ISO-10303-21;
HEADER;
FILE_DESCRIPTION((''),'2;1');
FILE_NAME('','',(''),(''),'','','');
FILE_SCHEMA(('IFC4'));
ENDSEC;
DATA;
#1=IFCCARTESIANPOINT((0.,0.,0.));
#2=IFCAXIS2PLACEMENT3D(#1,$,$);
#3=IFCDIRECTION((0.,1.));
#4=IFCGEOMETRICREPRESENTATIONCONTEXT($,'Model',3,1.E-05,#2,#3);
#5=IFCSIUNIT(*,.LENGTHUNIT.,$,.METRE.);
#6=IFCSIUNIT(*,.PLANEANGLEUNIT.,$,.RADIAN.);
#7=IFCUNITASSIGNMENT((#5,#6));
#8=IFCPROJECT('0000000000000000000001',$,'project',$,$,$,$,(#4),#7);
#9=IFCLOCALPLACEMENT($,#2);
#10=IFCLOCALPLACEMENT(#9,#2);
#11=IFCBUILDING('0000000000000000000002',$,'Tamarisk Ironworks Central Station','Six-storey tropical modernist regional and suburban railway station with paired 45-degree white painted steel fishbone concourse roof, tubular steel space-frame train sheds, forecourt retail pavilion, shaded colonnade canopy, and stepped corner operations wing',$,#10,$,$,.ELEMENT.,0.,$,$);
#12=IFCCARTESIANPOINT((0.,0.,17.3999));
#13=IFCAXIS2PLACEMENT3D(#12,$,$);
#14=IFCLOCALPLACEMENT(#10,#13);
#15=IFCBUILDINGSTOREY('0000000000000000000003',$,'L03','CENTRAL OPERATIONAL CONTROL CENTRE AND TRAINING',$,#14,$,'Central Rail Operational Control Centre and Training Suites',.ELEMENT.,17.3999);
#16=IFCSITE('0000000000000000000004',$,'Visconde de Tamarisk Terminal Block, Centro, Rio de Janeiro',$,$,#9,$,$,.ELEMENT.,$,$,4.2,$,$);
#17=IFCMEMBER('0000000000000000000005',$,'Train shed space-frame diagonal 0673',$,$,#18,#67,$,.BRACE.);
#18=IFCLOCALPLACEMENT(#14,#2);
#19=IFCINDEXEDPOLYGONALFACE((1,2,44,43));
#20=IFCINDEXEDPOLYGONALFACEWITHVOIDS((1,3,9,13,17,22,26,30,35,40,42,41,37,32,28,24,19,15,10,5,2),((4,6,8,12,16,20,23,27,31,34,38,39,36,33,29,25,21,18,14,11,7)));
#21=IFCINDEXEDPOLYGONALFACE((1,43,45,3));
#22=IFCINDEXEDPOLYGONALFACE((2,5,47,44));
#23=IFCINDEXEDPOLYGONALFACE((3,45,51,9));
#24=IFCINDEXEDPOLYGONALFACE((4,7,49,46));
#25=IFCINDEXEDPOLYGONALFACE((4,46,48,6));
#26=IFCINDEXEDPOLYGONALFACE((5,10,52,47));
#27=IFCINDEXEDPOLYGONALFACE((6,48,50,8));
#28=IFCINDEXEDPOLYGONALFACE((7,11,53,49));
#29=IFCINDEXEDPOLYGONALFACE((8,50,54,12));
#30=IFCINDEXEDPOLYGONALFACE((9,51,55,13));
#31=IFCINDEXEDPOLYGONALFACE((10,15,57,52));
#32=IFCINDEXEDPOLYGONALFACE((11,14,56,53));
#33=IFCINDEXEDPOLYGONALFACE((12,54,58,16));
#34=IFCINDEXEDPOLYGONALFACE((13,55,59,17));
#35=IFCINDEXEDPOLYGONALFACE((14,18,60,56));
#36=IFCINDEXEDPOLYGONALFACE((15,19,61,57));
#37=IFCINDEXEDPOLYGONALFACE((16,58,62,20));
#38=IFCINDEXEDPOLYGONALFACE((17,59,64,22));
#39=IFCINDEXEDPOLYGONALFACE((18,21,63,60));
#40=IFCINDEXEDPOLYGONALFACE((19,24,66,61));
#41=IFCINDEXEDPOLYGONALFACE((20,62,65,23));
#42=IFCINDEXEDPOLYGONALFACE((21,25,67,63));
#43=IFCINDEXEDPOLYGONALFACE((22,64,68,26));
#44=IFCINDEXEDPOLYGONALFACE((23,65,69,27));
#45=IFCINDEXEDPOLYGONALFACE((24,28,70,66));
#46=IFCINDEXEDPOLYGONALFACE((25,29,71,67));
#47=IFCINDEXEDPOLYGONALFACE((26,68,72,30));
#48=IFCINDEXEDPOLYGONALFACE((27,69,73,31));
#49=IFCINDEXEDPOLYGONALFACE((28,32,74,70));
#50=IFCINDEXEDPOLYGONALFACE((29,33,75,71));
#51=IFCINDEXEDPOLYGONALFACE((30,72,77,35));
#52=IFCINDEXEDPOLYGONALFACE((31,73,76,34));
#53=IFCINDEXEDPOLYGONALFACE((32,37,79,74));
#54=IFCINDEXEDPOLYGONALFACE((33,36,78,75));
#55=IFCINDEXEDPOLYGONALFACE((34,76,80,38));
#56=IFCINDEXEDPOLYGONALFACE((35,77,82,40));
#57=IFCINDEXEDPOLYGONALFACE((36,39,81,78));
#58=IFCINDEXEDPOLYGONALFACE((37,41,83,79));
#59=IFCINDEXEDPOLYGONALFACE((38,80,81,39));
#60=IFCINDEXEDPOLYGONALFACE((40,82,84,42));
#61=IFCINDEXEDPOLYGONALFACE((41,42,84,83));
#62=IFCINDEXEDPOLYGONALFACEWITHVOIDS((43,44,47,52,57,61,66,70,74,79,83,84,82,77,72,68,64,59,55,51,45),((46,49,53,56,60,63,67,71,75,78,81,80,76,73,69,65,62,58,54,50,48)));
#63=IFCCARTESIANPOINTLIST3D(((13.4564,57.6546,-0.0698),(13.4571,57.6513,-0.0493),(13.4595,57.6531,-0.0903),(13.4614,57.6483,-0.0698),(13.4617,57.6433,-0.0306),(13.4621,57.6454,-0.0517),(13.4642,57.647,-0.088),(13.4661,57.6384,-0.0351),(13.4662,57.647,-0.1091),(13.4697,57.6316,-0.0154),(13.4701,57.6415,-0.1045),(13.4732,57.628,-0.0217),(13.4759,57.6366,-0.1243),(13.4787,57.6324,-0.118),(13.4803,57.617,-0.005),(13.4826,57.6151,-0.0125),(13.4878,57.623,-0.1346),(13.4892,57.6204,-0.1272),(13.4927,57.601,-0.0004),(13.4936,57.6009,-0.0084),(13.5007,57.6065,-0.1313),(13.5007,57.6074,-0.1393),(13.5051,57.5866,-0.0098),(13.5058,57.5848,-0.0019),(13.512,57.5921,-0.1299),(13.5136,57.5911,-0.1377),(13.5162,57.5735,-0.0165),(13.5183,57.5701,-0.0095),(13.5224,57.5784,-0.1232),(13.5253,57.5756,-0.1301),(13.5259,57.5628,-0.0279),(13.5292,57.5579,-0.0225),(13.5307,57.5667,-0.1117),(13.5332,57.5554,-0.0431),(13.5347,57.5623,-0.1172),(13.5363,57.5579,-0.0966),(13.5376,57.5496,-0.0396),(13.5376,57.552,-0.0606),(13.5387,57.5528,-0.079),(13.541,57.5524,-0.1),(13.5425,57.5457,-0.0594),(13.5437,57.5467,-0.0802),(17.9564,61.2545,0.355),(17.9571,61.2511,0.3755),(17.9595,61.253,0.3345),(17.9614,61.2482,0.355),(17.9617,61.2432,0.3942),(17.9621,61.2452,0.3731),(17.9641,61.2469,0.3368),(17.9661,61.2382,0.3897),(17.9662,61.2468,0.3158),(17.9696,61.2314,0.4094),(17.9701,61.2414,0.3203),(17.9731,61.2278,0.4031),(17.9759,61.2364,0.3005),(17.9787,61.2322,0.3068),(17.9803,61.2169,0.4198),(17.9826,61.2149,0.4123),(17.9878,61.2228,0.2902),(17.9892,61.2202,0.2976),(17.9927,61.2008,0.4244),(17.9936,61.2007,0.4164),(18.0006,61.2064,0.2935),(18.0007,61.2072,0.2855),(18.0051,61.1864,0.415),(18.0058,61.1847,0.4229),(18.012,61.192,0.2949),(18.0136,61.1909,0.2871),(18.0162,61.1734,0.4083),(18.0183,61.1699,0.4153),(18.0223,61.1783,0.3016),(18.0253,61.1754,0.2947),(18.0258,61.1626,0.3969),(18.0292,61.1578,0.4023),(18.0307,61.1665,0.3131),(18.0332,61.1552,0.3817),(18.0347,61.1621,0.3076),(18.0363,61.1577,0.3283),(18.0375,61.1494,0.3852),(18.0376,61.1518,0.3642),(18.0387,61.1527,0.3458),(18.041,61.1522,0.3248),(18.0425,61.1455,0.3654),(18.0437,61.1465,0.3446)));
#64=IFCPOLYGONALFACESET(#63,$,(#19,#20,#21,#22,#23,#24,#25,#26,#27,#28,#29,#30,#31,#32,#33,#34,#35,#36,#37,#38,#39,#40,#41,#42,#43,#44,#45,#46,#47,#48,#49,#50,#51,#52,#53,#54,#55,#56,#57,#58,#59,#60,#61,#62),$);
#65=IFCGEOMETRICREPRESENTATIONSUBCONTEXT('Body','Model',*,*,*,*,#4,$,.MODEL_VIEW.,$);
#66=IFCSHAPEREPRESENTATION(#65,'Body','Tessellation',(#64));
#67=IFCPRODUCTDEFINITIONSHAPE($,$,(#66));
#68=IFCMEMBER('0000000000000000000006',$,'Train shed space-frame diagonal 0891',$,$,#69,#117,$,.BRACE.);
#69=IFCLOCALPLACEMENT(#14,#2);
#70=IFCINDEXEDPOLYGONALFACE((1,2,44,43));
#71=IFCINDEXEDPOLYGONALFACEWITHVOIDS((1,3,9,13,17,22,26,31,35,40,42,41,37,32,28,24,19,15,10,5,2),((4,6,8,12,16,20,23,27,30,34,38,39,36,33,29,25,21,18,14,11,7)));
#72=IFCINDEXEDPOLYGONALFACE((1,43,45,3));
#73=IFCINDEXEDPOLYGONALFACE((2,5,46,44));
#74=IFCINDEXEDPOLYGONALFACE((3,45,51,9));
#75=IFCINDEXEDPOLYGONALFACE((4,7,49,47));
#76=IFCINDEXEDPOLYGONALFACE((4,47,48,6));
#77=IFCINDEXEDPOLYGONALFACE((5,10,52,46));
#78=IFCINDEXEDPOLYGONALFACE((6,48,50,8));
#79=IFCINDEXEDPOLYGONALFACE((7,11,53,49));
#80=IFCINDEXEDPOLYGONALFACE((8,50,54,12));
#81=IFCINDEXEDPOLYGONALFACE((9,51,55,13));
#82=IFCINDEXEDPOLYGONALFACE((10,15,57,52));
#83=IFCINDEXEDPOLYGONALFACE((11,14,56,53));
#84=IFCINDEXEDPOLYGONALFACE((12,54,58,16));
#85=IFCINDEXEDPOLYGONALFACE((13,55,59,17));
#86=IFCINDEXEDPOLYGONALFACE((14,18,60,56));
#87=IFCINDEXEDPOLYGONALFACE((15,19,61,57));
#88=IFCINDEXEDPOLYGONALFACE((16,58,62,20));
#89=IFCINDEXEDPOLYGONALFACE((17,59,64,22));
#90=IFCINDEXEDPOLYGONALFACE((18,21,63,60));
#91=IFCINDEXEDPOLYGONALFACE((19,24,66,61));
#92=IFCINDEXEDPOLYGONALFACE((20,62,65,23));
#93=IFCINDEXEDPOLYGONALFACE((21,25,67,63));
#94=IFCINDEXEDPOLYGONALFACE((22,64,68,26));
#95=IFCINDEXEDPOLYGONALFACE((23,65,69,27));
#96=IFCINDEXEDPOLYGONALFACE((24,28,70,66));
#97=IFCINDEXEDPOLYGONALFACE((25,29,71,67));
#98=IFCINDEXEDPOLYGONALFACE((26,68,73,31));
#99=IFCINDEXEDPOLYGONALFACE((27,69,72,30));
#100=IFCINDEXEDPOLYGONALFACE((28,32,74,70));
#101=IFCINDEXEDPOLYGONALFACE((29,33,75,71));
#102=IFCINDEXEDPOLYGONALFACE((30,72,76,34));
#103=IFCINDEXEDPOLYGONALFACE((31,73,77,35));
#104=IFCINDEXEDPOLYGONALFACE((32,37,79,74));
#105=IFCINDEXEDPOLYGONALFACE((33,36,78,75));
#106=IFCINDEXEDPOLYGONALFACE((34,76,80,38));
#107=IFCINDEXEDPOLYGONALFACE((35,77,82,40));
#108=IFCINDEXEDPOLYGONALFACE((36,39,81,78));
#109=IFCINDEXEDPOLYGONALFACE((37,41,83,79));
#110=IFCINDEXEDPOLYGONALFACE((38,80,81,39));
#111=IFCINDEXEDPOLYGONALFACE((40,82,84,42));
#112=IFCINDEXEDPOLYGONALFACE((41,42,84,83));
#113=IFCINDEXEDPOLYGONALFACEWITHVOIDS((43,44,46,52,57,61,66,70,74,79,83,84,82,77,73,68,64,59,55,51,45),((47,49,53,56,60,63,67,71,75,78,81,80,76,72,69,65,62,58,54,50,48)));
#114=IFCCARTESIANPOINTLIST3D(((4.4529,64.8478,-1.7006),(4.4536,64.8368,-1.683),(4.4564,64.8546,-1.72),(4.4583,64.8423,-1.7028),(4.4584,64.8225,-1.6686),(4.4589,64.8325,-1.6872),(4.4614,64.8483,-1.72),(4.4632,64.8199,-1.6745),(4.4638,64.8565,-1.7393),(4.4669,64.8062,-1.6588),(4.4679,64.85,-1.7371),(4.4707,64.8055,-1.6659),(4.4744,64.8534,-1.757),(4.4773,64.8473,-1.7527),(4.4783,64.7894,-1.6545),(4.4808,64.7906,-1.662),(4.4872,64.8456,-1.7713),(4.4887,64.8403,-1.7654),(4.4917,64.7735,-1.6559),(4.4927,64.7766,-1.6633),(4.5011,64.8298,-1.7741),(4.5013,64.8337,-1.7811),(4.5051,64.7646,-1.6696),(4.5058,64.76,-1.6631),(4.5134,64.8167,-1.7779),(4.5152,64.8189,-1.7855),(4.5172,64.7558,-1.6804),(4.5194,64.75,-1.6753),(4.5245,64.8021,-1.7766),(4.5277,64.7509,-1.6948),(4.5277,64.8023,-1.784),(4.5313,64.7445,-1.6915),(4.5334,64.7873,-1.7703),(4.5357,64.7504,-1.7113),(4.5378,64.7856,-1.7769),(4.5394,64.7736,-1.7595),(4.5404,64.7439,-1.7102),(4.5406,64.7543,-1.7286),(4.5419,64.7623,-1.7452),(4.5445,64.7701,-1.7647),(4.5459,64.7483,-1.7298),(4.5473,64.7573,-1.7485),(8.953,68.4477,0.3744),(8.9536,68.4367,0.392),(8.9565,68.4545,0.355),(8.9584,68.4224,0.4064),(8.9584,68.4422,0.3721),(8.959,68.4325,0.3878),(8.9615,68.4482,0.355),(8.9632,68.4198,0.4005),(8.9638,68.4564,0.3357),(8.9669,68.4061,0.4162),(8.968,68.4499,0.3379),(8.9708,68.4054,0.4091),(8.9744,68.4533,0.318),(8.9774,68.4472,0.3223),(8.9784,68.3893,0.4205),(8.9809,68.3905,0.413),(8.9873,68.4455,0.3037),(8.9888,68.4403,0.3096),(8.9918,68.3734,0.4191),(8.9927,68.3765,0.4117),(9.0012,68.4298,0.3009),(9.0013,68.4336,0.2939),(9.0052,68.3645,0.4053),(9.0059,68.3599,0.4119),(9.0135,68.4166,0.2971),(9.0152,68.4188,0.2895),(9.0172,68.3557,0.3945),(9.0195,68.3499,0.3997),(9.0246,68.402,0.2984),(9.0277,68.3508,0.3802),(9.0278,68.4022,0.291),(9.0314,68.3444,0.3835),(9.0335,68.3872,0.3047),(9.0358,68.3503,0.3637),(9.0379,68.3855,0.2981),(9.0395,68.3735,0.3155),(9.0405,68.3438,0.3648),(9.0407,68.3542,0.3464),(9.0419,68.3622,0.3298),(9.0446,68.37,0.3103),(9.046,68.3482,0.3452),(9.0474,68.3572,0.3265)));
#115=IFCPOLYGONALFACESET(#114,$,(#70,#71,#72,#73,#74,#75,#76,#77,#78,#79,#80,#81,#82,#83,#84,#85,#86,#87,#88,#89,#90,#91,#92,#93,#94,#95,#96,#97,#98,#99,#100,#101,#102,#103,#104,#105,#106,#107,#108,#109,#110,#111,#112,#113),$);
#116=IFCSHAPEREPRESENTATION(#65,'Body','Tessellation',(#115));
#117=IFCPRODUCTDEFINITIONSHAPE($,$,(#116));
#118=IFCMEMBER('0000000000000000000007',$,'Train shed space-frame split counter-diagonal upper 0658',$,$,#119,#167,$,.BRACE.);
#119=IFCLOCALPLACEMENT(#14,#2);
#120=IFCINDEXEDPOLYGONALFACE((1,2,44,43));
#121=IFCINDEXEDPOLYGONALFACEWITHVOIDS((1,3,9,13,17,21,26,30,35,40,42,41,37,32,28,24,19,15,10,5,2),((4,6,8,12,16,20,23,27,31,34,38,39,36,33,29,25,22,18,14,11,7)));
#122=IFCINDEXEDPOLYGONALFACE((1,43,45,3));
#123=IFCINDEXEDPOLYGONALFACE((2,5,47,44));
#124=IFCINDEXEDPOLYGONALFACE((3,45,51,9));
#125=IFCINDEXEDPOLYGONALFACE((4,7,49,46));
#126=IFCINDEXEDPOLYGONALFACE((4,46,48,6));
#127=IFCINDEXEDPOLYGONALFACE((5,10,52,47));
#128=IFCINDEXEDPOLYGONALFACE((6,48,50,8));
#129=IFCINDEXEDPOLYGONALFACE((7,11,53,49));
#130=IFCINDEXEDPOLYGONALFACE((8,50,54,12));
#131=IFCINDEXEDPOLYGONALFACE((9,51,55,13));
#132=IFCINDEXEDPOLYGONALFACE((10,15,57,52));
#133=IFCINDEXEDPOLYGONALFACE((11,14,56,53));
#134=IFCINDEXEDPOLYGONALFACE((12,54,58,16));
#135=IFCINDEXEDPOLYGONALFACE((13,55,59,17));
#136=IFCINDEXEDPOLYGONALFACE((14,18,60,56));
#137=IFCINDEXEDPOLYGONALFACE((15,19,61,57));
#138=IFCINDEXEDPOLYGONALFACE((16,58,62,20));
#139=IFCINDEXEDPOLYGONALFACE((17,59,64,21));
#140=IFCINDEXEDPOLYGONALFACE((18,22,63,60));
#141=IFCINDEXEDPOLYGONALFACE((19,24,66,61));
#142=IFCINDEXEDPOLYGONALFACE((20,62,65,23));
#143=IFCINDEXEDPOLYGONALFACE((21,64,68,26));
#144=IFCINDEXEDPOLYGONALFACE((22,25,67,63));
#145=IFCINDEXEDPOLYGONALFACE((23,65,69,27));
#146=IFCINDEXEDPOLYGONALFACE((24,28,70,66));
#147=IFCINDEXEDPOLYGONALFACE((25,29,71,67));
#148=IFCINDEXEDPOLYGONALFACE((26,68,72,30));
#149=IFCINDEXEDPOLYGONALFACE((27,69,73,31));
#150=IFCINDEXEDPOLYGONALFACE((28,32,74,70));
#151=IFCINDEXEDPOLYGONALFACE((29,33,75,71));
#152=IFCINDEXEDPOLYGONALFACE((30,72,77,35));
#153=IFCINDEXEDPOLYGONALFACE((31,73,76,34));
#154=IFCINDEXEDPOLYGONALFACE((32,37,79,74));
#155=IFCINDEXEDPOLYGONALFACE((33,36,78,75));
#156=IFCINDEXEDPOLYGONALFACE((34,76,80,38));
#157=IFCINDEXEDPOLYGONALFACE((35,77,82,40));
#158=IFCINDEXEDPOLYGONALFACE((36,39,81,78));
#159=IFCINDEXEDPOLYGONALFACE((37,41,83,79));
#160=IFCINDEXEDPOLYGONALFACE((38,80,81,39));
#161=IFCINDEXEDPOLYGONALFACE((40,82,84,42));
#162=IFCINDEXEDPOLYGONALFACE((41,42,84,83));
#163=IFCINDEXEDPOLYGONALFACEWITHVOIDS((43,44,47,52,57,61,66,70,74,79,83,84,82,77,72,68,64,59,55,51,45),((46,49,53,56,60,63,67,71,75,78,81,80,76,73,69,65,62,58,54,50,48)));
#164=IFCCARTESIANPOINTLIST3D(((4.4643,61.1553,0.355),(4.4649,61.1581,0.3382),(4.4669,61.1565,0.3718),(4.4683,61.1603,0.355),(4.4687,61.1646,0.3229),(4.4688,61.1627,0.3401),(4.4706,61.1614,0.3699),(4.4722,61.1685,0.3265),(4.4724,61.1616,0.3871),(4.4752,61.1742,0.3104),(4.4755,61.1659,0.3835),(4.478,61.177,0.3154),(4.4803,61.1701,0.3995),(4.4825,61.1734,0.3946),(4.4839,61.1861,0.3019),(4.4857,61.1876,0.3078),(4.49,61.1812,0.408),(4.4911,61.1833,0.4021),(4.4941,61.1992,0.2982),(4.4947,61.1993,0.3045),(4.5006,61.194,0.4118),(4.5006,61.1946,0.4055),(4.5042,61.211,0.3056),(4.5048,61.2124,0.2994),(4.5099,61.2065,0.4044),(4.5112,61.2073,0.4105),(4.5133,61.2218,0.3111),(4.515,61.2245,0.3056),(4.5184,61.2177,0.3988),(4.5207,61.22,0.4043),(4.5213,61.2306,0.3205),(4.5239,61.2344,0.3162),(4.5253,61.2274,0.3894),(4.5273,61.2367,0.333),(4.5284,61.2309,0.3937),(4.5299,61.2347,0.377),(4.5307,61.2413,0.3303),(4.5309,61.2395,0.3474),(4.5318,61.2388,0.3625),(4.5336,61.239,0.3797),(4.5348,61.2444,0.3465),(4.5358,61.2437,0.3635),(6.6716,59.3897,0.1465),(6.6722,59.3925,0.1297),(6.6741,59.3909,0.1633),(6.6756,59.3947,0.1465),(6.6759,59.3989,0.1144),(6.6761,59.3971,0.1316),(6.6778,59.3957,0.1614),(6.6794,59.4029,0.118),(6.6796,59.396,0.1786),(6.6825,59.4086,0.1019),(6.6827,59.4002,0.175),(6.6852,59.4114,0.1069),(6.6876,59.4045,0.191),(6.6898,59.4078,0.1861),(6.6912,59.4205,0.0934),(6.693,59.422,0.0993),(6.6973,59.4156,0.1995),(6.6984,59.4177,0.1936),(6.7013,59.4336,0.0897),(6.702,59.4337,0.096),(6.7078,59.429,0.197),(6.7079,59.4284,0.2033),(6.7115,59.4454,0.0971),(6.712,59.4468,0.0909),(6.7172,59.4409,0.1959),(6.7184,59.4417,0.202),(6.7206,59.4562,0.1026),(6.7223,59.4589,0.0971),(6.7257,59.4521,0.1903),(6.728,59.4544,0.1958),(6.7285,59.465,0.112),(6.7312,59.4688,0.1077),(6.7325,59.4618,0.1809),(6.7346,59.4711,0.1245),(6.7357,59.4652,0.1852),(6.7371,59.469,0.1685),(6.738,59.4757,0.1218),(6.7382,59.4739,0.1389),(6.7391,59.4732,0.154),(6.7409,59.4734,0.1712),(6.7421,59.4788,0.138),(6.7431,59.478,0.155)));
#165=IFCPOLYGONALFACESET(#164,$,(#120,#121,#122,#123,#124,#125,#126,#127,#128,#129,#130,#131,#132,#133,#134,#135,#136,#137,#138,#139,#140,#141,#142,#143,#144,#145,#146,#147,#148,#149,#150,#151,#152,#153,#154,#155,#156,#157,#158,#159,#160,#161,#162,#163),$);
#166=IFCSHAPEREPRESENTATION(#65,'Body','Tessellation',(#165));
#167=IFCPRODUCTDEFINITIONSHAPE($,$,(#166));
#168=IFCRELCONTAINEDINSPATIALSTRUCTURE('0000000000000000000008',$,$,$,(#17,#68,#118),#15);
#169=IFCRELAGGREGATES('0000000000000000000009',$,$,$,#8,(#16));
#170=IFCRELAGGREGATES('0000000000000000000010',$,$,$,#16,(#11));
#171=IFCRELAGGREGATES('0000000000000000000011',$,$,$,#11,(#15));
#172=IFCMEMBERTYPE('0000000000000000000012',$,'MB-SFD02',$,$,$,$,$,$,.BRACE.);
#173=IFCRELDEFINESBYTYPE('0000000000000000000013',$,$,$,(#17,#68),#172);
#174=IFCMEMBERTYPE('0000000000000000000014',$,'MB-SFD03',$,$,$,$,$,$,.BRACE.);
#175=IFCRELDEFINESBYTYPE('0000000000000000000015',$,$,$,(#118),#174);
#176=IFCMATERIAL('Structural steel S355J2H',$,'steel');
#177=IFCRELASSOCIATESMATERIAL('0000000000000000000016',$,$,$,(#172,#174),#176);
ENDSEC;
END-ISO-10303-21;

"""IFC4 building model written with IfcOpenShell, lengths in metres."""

from ifc_helpers import new_model, si_unit, direction, frame, origin, origin_2d, place, context, subcontext, project, spatial, hollow_circle, extrude, material, material_profile, profile_set, type_object, element, save


model = new_model("IFC4")

# Units and contexts
model_context = context("Model", 3, precision=1e-05, world=origin(), true_north=direction((0.0, 1.0)))
body_context = subcontext(model_context, "Body", "Model", "MODEL_VIEW")
ifc_project = project(units=[si_unit("LENGTHUNIT", "METRE"), si_unit("PLANEANGLEUNIT", "RADIAN")], contexts=[model_context])

# Site, building, storey
site_placement = place(None, origin())
site = spatial("IfcSite", under=ifc_project, at=site_placement, Name="Visconde de Tamarisk Terminal Block, Centro, Rio de Janeiro", CompositionType="ELEMENT", RefElevation=4.2)
building_placement = place(site_placement, origin())
building = spatial("IfcBuilding", under=site, at=building_placement, Name="Tamarisk Ironworks Central Station", Description="Six-storey tropical modernist regional and suburban railway station with paired 45-degree white painted steel fishbone concourse roof, tubular steel space-frame train sheds, forecourt retail pavilion, shaded colonnade canopy, and stepped corner operations wing", CompositionType="ELEMENT", ElevationOfRefHeight=0.0)
storey_placement = place(building_placement, frame((0.0, 0.0, 17.3999)))
storey = spatial("IfcBuildingStorey", under=building, at=storey_placement, Name="L03", Description="CENTRAL OPERATIONAL CONTROL CENTRE AND TRAINING", LongName="Central Rail Operational Control Centre and Training Suites", CompositionType="ELEMENT", Elevation=17.3999)

# Members
ifc_material_1 = material(Name="Structural steel S355J2H", Category="steel")
ifc_material_profile_1 = material_profile(ifc_material_1, hollow_circle(Radius=0.0698, WallThickness=0.0081, at=origin_2d()), Name="CHS 139.7x8")
ifc_profile_set_1 = profile_set([ifc_material_profile_1], Name="Structural steel S355J2H")
member_type_1 = type_object("IfcMemberType", Name="MB-SFD02", PredefinedType="BRACE", material=ifc_profile_set_1)
member_1_placement = place(storey_placement, frame((13.5, 57.6001, -0.0698), z_axis=(0.778768, 0.622989, 0.073517), x_axis=(-0.62468, 0.780881, 0.0)))
element("IfcMember", 1, at=member_1_placement, inside=storey, type_object=member_type_1, Name="Train shed space-frame diagonal 0673", PredefinedType="BRACE", context=body_context, shape_type="SweptSolid", body=[
    extrude(hollow_circle(Radius=0.0698, WallThickness=0.0081, at=origin_2d()), origin(), (0.0, 0.0, 1.0), 5.7783),
])
member_2_placement = place(storey_placement, frame((4.5, 64.8, -1.72), z_axis=(0.734706, 0.587741, 0.338773), x_axis=(-0.62468, 0.780881, 0.0)))
element("IfcMember", 2, at=member_2_placement, inside=storey, type_object=member_type_1, Name="Train shed space-frame diagonal 0891", PredefinedType="BRACE", context=body_context, shape_type="SweptSolid", body=[
    extrude(hollow_circle(Radius=0.0698, WallThickness=0.0081, at=origin_2d()), origin(), (0.0, 0.0, 1.0), 6.125),
])
ifc_material_profile_2 = material_profile(ifc_material_1, hollow_circle(Radius=0.0571, WallThickness=0.0063, at=origin_2d()), Name="CHS 114.3x6.3")
ifc_profile_set_2 = profile_set([ifc_material_profile_2], Name="Structural steel S355J2H")
member_type_2 = type_object("IfcMemberType", Name="MB-SFD03", PredefinedType="BRACE", material=ifc_profile_set_2)
member_3_placement = place(storey_placement, frame((6.7073, 59.4343, 0.1465), z_axis=(-0.778787, 0.62296, 0.073563), x_axis=(-0.624653, -0.780903, 0.0)))
element("IfcMember", 3, at=member_3_placement, inside=storey, type_object=member_type_2, Name="Train shed space-frame split counter-diagonal upper 0658", PredefinedType="BRACE", context=body_context, shape_type="SweptSolid", body=[
    extrude(hollow_circle(Radius=0.0571, WallThickness=0.0063, at=origin_2d()), origin(), (0.0, 0.0, 1.0), 2.8342),
])

save(model, "model.ifc")
